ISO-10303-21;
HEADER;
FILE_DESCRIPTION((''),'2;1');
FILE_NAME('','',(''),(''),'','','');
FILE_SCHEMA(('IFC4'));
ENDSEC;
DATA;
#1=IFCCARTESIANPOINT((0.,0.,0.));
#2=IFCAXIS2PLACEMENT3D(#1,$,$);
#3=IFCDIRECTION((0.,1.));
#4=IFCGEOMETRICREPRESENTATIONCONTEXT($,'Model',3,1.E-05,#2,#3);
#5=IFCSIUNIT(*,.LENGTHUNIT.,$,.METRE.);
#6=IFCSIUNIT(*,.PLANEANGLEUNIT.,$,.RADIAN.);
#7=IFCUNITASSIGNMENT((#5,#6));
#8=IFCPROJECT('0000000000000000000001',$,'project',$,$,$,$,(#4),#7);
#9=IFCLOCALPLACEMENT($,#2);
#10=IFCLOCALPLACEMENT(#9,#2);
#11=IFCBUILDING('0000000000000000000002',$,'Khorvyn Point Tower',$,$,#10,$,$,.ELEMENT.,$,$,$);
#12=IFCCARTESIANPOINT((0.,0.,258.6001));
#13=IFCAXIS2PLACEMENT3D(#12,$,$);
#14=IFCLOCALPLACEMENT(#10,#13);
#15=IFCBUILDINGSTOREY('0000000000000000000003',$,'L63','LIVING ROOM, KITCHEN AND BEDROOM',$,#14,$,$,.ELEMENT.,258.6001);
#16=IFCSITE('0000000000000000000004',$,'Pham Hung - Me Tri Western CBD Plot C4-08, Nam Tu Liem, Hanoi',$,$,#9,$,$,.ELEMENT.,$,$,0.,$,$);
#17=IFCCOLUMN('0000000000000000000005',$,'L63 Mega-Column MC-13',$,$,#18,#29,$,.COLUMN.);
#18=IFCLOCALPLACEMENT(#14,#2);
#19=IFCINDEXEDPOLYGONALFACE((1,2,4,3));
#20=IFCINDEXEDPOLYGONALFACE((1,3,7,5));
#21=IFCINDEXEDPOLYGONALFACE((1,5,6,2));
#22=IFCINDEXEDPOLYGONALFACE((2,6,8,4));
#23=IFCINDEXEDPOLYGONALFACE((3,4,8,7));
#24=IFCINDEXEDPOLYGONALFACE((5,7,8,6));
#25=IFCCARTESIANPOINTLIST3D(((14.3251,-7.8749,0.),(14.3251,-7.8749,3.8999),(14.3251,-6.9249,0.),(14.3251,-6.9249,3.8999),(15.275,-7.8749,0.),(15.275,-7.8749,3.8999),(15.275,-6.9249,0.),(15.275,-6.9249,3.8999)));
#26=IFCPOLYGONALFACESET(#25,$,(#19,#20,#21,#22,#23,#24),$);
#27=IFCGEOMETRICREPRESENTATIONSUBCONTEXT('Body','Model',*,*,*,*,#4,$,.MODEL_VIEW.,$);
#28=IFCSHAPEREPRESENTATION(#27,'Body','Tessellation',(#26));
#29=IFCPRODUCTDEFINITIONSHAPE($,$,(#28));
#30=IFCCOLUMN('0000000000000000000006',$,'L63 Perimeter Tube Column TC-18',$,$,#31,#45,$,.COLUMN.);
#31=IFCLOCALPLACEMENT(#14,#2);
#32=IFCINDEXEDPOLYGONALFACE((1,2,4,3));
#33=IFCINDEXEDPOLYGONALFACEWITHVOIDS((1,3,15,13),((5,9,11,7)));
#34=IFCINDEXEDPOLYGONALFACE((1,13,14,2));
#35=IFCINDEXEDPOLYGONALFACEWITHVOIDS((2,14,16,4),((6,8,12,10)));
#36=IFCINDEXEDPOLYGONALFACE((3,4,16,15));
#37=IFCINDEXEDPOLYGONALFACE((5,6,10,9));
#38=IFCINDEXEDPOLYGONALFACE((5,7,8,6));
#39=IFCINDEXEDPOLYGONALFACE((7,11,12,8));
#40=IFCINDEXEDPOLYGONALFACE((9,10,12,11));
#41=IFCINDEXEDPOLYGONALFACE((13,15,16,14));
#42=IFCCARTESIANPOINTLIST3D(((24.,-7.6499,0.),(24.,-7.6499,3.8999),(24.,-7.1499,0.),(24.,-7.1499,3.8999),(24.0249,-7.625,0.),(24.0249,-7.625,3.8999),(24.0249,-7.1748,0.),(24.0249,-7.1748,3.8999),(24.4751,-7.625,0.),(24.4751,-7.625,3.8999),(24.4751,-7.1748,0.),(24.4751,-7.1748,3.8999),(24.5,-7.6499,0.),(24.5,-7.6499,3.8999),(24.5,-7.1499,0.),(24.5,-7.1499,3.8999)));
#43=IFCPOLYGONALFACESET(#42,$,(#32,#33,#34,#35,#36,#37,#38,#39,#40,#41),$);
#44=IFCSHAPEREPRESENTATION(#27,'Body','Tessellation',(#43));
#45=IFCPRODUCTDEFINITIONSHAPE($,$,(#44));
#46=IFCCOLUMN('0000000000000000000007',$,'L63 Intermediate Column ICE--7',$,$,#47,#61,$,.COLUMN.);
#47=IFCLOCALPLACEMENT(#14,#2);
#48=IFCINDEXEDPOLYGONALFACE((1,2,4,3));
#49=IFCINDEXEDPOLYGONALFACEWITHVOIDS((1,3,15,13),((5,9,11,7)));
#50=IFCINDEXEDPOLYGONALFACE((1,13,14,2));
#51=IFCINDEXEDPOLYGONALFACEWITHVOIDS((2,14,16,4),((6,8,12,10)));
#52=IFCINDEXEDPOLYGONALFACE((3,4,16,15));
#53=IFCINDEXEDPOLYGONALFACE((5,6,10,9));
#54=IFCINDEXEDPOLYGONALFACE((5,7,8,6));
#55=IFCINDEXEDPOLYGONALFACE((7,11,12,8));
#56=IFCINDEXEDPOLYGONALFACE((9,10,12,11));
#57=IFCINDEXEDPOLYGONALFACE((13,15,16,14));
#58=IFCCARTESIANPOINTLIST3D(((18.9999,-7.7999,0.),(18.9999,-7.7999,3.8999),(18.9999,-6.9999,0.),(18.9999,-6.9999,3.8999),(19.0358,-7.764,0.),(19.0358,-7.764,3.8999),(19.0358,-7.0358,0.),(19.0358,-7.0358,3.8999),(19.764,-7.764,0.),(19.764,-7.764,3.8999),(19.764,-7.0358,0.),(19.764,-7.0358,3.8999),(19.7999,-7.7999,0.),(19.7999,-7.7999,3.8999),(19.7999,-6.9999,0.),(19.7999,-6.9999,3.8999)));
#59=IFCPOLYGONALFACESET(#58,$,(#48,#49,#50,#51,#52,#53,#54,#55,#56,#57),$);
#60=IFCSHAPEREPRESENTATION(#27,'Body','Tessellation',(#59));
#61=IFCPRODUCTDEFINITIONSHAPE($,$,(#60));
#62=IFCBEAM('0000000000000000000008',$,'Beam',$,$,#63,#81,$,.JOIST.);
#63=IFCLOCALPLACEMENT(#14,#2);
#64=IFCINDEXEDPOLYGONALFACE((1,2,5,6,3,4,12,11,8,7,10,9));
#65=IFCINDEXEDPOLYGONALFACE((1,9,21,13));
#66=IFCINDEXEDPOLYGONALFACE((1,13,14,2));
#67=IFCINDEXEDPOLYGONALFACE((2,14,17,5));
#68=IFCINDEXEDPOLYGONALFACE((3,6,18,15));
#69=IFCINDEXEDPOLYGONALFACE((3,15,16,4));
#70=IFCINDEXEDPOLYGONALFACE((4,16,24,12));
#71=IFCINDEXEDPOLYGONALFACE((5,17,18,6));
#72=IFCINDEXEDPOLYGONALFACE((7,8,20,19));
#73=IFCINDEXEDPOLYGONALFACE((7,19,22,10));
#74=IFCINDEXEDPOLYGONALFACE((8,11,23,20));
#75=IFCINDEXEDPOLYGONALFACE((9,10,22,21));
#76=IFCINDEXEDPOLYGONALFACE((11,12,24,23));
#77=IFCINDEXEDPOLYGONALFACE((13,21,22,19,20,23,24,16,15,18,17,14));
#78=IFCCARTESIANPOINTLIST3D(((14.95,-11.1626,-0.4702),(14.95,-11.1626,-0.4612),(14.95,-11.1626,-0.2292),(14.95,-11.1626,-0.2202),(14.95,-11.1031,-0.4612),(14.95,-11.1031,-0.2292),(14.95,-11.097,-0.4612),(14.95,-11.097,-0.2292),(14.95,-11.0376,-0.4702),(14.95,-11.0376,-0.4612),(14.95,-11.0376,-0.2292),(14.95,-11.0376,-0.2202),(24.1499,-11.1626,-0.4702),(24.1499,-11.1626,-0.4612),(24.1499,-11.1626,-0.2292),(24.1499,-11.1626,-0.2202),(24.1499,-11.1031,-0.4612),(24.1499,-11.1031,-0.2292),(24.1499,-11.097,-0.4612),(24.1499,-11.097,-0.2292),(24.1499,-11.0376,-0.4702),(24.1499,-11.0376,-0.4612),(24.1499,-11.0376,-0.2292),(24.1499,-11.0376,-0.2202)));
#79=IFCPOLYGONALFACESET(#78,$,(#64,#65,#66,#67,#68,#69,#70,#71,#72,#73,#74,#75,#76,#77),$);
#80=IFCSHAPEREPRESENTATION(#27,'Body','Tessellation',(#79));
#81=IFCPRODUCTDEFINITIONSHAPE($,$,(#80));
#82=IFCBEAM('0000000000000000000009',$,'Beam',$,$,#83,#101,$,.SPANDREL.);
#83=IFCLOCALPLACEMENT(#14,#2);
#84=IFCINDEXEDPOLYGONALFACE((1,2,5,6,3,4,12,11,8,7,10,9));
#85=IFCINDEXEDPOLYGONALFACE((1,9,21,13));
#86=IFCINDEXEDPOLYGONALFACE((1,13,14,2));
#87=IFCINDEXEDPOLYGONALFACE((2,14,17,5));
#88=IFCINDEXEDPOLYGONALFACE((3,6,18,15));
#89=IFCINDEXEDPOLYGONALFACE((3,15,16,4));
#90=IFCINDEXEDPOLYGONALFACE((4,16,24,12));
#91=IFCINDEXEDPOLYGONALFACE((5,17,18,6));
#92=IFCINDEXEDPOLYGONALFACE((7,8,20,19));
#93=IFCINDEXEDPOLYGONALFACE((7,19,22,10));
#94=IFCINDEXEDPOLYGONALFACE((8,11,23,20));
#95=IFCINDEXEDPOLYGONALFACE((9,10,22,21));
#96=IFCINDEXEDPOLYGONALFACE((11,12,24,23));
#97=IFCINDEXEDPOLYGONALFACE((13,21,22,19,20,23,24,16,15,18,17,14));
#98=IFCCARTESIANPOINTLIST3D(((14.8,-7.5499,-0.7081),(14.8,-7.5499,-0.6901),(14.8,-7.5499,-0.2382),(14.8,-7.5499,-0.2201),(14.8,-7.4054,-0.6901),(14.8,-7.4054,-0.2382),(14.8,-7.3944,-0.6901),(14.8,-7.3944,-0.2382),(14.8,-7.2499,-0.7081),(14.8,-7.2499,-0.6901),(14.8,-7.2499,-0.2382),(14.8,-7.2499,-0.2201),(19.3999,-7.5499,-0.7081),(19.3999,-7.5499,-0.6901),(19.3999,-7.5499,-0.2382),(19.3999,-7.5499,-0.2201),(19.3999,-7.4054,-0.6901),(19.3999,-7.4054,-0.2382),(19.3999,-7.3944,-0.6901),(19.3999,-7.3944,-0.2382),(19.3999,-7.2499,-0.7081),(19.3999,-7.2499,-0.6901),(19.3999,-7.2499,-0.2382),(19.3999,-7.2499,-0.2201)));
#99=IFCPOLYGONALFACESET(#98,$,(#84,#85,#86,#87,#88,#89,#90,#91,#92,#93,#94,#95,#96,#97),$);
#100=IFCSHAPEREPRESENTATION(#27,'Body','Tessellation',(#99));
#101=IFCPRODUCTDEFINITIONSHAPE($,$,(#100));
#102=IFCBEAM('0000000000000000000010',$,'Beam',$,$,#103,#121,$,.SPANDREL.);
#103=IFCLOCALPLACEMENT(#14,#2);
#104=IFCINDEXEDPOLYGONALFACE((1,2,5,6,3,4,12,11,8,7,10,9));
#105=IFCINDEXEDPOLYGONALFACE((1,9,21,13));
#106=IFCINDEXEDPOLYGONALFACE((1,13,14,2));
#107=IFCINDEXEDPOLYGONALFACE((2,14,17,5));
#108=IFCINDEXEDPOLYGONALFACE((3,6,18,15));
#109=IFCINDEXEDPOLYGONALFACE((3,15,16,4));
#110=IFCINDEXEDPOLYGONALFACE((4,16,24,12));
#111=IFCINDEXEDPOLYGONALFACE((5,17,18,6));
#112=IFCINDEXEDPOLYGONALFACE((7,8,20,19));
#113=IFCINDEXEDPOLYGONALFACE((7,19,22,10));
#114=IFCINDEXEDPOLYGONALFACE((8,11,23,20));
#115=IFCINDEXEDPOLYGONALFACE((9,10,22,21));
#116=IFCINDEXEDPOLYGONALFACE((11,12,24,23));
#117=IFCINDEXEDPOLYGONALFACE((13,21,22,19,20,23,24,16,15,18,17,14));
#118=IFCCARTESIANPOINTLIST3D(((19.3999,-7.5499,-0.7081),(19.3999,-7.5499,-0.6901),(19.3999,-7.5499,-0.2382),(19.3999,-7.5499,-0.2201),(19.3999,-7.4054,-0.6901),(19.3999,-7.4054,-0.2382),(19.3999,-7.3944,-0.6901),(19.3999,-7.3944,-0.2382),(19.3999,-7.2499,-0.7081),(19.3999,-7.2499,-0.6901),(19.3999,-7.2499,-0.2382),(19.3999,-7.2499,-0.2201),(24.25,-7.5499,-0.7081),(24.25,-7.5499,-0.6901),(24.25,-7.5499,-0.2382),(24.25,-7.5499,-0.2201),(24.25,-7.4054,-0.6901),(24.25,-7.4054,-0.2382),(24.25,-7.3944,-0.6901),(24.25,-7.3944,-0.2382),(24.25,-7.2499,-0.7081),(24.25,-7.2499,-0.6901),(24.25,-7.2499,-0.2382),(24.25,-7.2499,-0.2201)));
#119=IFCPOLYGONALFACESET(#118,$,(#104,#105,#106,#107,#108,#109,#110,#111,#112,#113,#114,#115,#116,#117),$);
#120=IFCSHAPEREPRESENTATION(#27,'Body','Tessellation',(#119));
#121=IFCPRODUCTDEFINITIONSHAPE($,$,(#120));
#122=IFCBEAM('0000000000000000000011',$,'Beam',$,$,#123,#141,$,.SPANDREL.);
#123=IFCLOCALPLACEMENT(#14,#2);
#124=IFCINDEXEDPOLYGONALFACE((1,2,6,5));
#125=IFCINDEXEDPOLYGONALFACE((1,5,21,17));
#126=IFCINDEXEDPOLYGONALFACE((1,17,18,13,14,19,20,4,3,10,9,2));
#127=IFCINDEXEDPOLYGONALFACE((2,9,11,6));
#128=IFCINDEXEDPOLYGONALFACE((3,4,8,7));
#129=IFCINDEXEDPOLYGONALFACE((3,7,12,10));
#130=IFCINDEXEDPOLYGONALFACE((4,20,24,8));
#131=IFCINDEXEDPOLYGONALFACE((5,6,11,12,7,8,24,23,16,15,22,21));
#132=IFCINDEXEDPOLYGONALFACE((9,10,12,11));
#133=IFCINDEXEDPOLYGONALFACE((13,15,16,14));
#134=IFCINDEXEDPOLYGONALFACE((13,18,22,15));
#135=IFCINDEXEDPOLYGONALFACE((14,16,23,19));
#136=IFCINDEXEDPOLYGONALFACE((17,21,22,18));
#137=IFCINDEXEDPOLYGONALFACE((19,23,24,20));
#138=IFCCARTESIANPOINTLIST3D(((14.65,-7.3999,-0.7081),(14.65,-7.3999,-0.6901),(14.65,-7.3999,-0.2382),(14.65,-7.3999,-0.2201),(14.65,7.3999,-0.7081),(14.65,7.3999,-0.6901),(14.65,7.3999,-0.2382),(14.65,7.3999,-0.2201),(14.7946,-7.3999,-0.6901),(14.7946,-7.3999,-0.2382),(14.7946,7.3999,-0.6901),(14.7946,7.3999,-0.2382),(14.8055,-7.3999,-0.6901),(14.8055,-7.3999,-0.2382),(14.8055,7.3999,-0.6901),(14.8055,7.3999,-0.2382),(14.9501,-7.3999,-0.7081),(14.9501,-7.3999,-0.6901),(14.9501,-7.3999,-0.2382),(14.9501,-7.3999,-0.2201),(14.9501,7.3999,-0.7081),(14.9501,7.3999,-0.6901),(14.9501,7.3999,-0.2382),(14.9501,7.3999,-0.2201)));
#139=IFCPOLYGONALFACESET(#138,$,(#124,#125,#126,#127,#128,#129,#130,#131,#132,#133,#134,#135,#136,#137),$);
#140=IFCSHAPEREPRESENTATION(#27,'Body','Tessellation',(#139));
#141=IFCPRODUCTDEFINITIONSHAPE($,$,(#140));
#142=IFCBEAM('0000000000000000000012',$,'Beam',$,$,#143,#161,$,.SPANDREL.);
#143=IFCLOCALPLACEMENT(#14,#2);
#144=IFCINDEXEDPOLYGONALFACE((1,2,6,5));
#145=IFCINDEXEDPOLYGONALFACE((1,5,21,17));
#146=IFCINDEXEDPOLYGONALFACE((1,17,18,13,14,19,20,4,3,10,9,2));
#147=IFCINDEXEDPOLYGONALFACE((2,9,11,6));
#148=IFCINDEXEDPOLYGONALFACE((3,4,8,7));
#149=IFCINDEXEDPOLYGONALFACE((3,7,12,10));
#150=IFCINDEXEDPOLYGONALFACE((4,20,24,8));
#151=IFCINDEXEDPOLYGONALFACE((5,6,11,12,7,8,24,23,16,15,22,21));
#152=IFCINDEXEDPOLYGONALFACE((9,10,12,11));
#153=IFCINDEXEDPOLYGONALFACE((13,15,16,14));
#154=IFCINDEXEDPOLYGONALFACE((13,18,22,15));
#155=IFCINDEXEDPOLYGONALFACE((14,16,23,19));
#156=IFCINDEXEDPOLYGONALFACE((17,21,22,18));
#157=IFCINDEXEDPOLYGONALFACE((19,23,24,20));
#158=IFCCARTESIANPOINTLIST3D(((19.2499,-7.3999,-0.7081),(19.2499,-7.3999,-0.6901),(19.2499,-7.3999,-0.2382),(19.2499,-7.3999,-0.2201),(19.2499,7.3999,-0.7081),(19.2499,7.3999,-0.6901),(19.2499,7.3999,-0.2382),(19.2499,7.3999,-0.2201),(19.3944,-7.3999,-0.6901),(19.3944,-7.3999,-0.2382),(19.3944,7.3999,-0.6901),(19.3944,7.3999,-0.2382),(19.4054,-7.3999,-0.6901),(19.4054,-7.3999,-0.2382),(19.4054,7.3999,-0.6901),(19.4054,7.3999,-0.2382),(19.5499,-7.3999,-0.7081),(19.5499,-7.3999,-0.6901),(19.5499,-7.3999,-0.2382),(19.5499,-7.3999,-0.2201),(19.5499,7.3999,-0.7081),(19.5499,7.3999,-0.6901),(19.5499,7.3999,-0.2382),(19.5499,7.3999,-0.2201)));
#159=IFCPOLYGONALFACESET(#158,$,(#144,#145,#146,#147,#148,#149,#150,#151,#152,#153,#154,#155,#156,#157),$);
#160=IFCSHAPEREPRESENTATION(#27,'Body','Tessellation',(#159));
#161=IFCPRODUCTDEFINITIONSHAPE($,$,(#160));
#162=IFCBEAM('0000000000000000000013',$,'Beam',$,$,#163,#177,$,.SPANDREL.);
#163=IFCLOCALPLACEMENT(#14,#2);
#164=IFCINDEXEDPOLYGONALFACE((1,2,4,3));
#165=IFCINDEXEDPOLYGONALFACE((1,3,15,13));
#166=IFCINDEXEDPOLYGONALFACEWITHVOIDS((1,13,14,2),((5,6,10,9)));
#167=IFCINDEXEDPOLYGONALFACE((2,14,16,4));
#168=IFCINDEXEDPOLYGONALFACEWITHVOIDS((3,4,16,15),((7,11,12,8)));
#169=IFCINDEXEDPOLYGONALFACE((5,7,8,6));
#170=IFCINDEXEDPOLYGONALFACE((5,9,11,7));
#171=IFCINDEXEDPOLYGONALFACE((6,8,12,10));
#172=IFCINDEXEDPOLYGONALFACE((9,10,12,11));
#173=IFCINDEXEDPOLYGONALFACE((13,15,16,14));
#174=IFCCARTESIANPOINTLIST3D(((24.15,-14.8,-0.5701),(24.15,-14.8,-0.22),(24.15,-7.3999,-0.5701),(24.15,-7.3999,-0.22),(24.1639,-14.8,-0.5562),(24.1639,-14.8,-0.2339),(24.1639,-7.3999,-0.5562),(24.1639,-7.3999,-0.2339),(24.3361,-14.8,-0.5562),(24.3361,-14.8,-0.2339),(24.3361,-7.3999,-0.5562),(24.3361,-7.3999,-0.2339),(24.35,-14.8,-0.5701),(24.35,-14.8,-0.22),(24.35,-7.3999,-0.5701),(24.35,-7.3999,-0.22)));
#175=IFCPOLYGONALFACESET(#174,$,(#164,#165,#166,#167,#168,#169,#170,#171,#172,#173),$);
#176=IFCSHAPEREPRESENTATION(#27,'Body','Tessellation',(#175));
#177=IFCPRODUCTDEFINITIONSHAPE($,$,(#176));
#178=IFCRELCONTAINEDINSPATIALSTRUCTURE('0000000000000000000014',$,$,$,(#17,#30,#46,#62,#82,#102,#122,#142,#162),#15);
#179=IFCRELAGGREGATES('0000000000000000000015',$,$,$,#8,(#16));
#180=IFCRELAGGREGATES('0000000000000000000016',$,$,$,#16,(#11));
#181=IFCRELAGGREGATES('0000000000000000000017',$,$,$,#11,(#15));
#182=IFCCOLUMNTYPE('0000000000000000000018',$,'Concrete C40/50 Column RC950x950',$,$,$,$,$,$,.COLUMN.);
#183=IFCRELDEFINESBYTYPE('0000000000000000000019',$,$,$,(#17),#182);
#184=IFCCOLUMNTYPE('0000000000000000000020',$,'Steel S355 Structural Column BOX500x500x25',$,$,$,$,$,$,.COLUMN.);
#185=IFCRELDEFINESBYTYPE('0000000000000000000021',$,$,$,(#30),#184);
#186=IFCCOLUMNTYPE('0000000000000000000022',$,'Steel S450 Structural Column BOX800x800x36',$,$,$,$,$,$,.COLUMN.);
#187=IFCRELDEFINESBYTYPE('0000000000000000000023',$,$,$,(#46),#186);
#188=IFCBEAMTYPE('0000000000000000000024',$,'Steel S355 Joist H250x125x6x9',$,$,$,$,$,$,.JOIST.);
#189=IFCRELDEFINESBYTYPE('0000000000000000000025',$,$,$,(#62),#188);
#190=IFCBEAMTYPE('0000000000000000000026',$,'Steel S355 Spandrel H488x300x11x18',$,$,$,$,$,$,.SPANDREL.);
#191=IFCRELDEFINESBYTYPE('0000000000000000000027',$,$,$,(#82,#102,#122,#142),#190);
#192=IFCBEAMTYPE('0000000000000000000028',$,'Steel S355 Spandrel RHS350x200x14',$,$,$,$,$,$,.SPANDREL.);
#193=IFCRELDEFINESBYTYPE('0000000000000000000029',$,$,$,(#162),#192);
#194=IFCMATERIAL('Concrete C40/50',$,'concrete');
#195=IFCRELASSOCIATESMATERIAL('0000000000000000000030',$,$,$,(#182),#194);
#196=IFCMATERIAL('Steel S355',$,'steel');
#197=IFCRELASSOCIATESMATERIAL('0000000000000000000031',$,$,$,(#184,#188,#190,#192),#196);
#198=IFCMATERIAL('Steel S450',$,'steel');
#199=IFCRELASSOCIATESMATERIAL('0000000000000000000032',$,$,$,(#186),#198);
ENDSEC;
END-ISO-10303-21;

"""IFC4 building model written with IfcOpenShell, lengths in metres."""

from ifc_helpers import new_model, si_unit, direction, frame, origin, origin_2d, place, context, subcontext, project, spatial, rectangle, hollow_rectangle, i_section, extrude, material, material_profile, profile_set, type_object, element, save


model = new_model("IFC4")

# Units and contexts
model_context = context("Model", 3, precision=1e-05, world=origin(), true_north=direction((0.0, 1.0)))
body_context = subcontext(model_context, "Body", "Model", "MODEL_VIEW")
ifc_project = project(units=[si_unit("LENGTHUNIT", "METRE"), si_unit("PLANEANGLEUNIT", "RADIAN")], contexts=[model_context])

# Site, building, storey
site_placement = place(None, origin())
site = spatial("IfcSite", under=ifc_project, at=site_placement, Name="Pham Hung - Me Tri Western CBD Plot C4-08, Nam Tu Liem, Hanoi", CompositionType="ELEMENT", RefElevation=0.0)
building_placement = place(site_placement, origin())
building = spatial("IfcBuilding", under=site, at=building_placement, Name="Khorvyn Point Tower", CompositionType="ELEMENT")
storey_placement = place(building_placement, frame((0.0, 0.0, 258.6001)))
storey = spatial("IfcBuildingStorey", under=building, at=storey_placement, Name="L63", Description="LIVING ROOM, KITCHEN AND BEDROOM", CompositionType="ELEMENT", Elevation=258.6001)

# Columns
ifc_material_1 = material(Name="Concrete C40/50", Category="concrete")
ifc_material_profile_1 = material_profile(ifc_material_1, rectangle(XDim=0.95, YDim=0.95, at=origin_2d()))
ifc_profile_set_1 = profile_set([ifc_material_profile_1], Name="Concrete C40/50 RC950x950")
column_type_1 = type_object("IfcColumnType", Name="Concrete C40/50 Column RC950x950", PredefinedType="COLUMN", material=ifc_profile_set_1)
column_1_placement = place(storey_placement, frame((14.8, -7.3999, 0.0), z_axis=(0.0, 0.0, 1.0), x_axis=(1.0, 0.0, 0.0)))
element("IfcColumn", 1, at=column_1_placement, inside=storey, type_object=column_type_1, Name="L63 Mega-Column MC-13", PredefinedType="COLUMN", context=body_context, shape_type="SweptSolid", body=[
    extrude(rectangle(XDim=0.95, YDim=0.95, at=origin_2d()), origin(), (0.0, 0.0, 1.0), 3.8999),
])
ifc_material_2 = material(Name="Steel S355", Category="steel")
ifc_material_profile_2 = material_profile(ifc_material_2, hollow_rectangle(XDim=0.5, YDim=0.5, WallThickness=0.0249, at=origin_2d()))
ifc_profile_set_2 = profile_set([ifc_material_profile_2], Name="Steel S355 BOX500x500x25")
column_type_2 = type_object("IfcColumnType", Name="Steel S355 Structural Column BOX500x500x25", PredefinedType="COLUMN", material=ifc_profile_set_2)
column_2_placement = place(storey_placement, frame((24.25, -7.3999, 0.0), z_axis=(0.0, 0.0, 1.0), x_axis=(1.0, 0.0, 0.0)))
element("IfcColumn", 2, at=column_2_placement, inside=storey, type_object=column_type_2, Name="L63 Perimeter Tube Column TC-18", PredefinedType="COLUMN", context=body_context, shape_type="SweptSolid", body=[
    extrude(hollow_rectangle(XDim=0.5, YDim=0.5, WallThickness=0.0249, at=origin_2d()), origin(), (0.0, 0.0, 1.0), 3.8999),
])
ifc_material_3 = material(Name="Steel S450", Category="steel")
ifc_material_profile_3 = material_profile(ifc_material_3, hollow_rectangle(XDim=0.8, YDim=0.8, WallThickness=0.0359, at=origin_2d()))
ifc_profile_set_3 = profile_set([ifc_material_profile_3], Name="Steel S450 BOX800x800x36")
column_type_3 = type_object("IfcColumnType", Name="Steel S450 Structural Column BOX800x800x36", PredefinedType="COLUMN", material=ifc_profile_set_3)
column_3_placement = place(storey_placement, frame((19.3999, -7.3999, 0.0), z_axis=(0.0, 0.0, 1.0), x_axis=(1.0, 0.0, 0.0)))
element("IfcColumn", 3, at=column_3_placement, inside=storey, type_object=column_type_3, Name="L63 Intermediate Column ICE--7", PredefinedType="COLUMN", context=body_context, shape_type="SweptSolid", body=[
    extrude(hollow_rectangle(XDim=0.8, YDim=0.8, WallThickness=0.0359, at=origin_2d()), origin(), (0.0, 0.0, 1.0), 3.8999),
])

# Beams
ifc_material_profile_4 = material_profile(ifc_material_2, i_section(OverallWidth=0.125, OverallDepth=0.25, WebThickness=0.0061, FlangeThickness=0.009, at=origin_2d()))
ifc_profile_set_4 = profile_set([ifc_material_profile_4], Name="Steel S355 H250x125x6x9")
beam_type_1 = type_object("IfcBeamType", Name="Steel S355 Joist H250x125x6x9", PredefinedType="JOIST", material=ifc_profile_set_4)
beam_1_placement = place(storey_placement, frame((14.95, -11.1001, -0.3452), z_axis=(1.0, 0.0, 0.0), x_axis=(0.0, 1.0, 0.0)))
element("IfcBeam", 4, at=beam_1_placement, inside=storey, type_object=beam_type_1, Name="Beam", PredefinedType="JOIST", context=body_context, shape_type="SweptSolid", body=[
    extrude(i_section(OverallWidth=0.125, OverallDepth=0.25, WebThickness=0.0061, FlangeThickness=0.009, at=origin_2d()), origin(), (0.0, 0.0, 1.0), 9.2),
])
ifc_material_profile_5 = material_profile(ifc_material_2, i_section(OverallWidth=0.3, OverallDepth=0.488, WebThickness=0.011, FlangeThickness=0.0181, at=origin_2d()))
ifc_profile_set_5 = profile_set([ifc_material_profile_5], Name="Steel S355 H488x300x11x18")
beam_type_2 = type_object("IfcBeamType", Name="Steel S355 Spandrel H488x300x11x18", PredefinedType="SPANDREL", material=ifc_profile_set_5)
beam_2_placement = place(storey_placement, frame((14.8, -7.3999, -0.4641), z_axis=(1.0, 0.0, 0.0), x_axis=(0.0, 1.0, 0.0)))
element("IfcBeam", 5, at=beam_2_placement, inside=storey, type_object=beam_type_2, Name="Beam", PredefinedType="SPANDREL", context=body_context, shape_type="SweptSolid", body=[
    extrude(i_section(OverallWidth=0.3, OverallDepth=0.488, WebThickness=0.011, FlangeThickness=0.0181, at=origin_2d()), origin(), (0.0, 0.0, 1.0), 4.5999),
])
beam_3_placement = place(storey_placement, frame((19.3999, -7.3999, -0.4641), z_axis=(1.0, 0.0, 0.0), x_axis=(0.0, 1.0, 0.0)))
element("IfcBeam", 6, at=beam_3_placement, inside=storey, type_object=beam_type_2, Name="Beam", PredefinedType="SPANDREL", context=body_context, shape_type="SweptSolid", body=[
    extrude(i_section(OverallWidth=0.3, OverallDepth=0.488, WebThickness=0.011, FlangeThickness=0.0181, at=origin_2d()), origin(), (0.0, 0.0, 1.0), 4.8501),
])
for number, where, z_axis, x_axis, name in (
    (7, (14.8, -7.3999, -0.4641), (0.0, 1.0, 0.0), (-1.0, 0.0, 0.0), "Beam"),
    (8, (19.3999, -7.3999, -0.4641), (0.0, 1.0, 0.0), (-1.0, 0.0, 0.0), "Beam"),
):
    element("IfcBeam", number, at=place(storey_placement, frame(where, z_axis=z_axis, x_axis=x_axis)), inside=storey, type_object=beam_type_2, Name=name, PredefinedType="SPANDREL", context=body_context, shape_type="SweptSolid", body=[
        extrude(i_section(OverallWidth=0.3, OverallDepth=0.488, WebThickness=0.011, FlangeThickness=0.0181, at=origin_2d()), origin(), (0.0, 0.0, 1.0), 14.7998),
    ])
ifc_material_profile_6 = material_profile(ifc_material_2, hollow_rectangle(XDim=0.2, YDim=0.3501, WallThickness=0.0139, at=origin_2d()))
ifc_profile_set_6 = profile_set([ifc_material_profile_6], Name="Steel S355 RHS350x200x14")
beam_type_3 = type_object("IfcBeamType", Name="Steel S355 Spandrel RHS350x200x14", PredefinedType="SPANDREL", material=ifc_profile_set_6)
beam_4_placement = place(storey_placement, frame((24.25, -14.8, -0.395), z_axis=(0.0, 1.0, 0.0), x_axis=(-1.0, 0.0, 0.0)))
element("IfcBeam", 9, at=beam_4_placement, inside=storey, type_object=beam_type_3, Name="Beam", PredefinedType="SPANDREL", context=body_context, shape_type="SweptSolid", body=[
    extrude(hollow_rectangle(XDim=0.2, YDim=0.3501, WallThickness=0.0139, at=origin_2d()), origin(), (0.0, 0.0, 1.0), 7.4001),
])

save(model, "model.ifc")
